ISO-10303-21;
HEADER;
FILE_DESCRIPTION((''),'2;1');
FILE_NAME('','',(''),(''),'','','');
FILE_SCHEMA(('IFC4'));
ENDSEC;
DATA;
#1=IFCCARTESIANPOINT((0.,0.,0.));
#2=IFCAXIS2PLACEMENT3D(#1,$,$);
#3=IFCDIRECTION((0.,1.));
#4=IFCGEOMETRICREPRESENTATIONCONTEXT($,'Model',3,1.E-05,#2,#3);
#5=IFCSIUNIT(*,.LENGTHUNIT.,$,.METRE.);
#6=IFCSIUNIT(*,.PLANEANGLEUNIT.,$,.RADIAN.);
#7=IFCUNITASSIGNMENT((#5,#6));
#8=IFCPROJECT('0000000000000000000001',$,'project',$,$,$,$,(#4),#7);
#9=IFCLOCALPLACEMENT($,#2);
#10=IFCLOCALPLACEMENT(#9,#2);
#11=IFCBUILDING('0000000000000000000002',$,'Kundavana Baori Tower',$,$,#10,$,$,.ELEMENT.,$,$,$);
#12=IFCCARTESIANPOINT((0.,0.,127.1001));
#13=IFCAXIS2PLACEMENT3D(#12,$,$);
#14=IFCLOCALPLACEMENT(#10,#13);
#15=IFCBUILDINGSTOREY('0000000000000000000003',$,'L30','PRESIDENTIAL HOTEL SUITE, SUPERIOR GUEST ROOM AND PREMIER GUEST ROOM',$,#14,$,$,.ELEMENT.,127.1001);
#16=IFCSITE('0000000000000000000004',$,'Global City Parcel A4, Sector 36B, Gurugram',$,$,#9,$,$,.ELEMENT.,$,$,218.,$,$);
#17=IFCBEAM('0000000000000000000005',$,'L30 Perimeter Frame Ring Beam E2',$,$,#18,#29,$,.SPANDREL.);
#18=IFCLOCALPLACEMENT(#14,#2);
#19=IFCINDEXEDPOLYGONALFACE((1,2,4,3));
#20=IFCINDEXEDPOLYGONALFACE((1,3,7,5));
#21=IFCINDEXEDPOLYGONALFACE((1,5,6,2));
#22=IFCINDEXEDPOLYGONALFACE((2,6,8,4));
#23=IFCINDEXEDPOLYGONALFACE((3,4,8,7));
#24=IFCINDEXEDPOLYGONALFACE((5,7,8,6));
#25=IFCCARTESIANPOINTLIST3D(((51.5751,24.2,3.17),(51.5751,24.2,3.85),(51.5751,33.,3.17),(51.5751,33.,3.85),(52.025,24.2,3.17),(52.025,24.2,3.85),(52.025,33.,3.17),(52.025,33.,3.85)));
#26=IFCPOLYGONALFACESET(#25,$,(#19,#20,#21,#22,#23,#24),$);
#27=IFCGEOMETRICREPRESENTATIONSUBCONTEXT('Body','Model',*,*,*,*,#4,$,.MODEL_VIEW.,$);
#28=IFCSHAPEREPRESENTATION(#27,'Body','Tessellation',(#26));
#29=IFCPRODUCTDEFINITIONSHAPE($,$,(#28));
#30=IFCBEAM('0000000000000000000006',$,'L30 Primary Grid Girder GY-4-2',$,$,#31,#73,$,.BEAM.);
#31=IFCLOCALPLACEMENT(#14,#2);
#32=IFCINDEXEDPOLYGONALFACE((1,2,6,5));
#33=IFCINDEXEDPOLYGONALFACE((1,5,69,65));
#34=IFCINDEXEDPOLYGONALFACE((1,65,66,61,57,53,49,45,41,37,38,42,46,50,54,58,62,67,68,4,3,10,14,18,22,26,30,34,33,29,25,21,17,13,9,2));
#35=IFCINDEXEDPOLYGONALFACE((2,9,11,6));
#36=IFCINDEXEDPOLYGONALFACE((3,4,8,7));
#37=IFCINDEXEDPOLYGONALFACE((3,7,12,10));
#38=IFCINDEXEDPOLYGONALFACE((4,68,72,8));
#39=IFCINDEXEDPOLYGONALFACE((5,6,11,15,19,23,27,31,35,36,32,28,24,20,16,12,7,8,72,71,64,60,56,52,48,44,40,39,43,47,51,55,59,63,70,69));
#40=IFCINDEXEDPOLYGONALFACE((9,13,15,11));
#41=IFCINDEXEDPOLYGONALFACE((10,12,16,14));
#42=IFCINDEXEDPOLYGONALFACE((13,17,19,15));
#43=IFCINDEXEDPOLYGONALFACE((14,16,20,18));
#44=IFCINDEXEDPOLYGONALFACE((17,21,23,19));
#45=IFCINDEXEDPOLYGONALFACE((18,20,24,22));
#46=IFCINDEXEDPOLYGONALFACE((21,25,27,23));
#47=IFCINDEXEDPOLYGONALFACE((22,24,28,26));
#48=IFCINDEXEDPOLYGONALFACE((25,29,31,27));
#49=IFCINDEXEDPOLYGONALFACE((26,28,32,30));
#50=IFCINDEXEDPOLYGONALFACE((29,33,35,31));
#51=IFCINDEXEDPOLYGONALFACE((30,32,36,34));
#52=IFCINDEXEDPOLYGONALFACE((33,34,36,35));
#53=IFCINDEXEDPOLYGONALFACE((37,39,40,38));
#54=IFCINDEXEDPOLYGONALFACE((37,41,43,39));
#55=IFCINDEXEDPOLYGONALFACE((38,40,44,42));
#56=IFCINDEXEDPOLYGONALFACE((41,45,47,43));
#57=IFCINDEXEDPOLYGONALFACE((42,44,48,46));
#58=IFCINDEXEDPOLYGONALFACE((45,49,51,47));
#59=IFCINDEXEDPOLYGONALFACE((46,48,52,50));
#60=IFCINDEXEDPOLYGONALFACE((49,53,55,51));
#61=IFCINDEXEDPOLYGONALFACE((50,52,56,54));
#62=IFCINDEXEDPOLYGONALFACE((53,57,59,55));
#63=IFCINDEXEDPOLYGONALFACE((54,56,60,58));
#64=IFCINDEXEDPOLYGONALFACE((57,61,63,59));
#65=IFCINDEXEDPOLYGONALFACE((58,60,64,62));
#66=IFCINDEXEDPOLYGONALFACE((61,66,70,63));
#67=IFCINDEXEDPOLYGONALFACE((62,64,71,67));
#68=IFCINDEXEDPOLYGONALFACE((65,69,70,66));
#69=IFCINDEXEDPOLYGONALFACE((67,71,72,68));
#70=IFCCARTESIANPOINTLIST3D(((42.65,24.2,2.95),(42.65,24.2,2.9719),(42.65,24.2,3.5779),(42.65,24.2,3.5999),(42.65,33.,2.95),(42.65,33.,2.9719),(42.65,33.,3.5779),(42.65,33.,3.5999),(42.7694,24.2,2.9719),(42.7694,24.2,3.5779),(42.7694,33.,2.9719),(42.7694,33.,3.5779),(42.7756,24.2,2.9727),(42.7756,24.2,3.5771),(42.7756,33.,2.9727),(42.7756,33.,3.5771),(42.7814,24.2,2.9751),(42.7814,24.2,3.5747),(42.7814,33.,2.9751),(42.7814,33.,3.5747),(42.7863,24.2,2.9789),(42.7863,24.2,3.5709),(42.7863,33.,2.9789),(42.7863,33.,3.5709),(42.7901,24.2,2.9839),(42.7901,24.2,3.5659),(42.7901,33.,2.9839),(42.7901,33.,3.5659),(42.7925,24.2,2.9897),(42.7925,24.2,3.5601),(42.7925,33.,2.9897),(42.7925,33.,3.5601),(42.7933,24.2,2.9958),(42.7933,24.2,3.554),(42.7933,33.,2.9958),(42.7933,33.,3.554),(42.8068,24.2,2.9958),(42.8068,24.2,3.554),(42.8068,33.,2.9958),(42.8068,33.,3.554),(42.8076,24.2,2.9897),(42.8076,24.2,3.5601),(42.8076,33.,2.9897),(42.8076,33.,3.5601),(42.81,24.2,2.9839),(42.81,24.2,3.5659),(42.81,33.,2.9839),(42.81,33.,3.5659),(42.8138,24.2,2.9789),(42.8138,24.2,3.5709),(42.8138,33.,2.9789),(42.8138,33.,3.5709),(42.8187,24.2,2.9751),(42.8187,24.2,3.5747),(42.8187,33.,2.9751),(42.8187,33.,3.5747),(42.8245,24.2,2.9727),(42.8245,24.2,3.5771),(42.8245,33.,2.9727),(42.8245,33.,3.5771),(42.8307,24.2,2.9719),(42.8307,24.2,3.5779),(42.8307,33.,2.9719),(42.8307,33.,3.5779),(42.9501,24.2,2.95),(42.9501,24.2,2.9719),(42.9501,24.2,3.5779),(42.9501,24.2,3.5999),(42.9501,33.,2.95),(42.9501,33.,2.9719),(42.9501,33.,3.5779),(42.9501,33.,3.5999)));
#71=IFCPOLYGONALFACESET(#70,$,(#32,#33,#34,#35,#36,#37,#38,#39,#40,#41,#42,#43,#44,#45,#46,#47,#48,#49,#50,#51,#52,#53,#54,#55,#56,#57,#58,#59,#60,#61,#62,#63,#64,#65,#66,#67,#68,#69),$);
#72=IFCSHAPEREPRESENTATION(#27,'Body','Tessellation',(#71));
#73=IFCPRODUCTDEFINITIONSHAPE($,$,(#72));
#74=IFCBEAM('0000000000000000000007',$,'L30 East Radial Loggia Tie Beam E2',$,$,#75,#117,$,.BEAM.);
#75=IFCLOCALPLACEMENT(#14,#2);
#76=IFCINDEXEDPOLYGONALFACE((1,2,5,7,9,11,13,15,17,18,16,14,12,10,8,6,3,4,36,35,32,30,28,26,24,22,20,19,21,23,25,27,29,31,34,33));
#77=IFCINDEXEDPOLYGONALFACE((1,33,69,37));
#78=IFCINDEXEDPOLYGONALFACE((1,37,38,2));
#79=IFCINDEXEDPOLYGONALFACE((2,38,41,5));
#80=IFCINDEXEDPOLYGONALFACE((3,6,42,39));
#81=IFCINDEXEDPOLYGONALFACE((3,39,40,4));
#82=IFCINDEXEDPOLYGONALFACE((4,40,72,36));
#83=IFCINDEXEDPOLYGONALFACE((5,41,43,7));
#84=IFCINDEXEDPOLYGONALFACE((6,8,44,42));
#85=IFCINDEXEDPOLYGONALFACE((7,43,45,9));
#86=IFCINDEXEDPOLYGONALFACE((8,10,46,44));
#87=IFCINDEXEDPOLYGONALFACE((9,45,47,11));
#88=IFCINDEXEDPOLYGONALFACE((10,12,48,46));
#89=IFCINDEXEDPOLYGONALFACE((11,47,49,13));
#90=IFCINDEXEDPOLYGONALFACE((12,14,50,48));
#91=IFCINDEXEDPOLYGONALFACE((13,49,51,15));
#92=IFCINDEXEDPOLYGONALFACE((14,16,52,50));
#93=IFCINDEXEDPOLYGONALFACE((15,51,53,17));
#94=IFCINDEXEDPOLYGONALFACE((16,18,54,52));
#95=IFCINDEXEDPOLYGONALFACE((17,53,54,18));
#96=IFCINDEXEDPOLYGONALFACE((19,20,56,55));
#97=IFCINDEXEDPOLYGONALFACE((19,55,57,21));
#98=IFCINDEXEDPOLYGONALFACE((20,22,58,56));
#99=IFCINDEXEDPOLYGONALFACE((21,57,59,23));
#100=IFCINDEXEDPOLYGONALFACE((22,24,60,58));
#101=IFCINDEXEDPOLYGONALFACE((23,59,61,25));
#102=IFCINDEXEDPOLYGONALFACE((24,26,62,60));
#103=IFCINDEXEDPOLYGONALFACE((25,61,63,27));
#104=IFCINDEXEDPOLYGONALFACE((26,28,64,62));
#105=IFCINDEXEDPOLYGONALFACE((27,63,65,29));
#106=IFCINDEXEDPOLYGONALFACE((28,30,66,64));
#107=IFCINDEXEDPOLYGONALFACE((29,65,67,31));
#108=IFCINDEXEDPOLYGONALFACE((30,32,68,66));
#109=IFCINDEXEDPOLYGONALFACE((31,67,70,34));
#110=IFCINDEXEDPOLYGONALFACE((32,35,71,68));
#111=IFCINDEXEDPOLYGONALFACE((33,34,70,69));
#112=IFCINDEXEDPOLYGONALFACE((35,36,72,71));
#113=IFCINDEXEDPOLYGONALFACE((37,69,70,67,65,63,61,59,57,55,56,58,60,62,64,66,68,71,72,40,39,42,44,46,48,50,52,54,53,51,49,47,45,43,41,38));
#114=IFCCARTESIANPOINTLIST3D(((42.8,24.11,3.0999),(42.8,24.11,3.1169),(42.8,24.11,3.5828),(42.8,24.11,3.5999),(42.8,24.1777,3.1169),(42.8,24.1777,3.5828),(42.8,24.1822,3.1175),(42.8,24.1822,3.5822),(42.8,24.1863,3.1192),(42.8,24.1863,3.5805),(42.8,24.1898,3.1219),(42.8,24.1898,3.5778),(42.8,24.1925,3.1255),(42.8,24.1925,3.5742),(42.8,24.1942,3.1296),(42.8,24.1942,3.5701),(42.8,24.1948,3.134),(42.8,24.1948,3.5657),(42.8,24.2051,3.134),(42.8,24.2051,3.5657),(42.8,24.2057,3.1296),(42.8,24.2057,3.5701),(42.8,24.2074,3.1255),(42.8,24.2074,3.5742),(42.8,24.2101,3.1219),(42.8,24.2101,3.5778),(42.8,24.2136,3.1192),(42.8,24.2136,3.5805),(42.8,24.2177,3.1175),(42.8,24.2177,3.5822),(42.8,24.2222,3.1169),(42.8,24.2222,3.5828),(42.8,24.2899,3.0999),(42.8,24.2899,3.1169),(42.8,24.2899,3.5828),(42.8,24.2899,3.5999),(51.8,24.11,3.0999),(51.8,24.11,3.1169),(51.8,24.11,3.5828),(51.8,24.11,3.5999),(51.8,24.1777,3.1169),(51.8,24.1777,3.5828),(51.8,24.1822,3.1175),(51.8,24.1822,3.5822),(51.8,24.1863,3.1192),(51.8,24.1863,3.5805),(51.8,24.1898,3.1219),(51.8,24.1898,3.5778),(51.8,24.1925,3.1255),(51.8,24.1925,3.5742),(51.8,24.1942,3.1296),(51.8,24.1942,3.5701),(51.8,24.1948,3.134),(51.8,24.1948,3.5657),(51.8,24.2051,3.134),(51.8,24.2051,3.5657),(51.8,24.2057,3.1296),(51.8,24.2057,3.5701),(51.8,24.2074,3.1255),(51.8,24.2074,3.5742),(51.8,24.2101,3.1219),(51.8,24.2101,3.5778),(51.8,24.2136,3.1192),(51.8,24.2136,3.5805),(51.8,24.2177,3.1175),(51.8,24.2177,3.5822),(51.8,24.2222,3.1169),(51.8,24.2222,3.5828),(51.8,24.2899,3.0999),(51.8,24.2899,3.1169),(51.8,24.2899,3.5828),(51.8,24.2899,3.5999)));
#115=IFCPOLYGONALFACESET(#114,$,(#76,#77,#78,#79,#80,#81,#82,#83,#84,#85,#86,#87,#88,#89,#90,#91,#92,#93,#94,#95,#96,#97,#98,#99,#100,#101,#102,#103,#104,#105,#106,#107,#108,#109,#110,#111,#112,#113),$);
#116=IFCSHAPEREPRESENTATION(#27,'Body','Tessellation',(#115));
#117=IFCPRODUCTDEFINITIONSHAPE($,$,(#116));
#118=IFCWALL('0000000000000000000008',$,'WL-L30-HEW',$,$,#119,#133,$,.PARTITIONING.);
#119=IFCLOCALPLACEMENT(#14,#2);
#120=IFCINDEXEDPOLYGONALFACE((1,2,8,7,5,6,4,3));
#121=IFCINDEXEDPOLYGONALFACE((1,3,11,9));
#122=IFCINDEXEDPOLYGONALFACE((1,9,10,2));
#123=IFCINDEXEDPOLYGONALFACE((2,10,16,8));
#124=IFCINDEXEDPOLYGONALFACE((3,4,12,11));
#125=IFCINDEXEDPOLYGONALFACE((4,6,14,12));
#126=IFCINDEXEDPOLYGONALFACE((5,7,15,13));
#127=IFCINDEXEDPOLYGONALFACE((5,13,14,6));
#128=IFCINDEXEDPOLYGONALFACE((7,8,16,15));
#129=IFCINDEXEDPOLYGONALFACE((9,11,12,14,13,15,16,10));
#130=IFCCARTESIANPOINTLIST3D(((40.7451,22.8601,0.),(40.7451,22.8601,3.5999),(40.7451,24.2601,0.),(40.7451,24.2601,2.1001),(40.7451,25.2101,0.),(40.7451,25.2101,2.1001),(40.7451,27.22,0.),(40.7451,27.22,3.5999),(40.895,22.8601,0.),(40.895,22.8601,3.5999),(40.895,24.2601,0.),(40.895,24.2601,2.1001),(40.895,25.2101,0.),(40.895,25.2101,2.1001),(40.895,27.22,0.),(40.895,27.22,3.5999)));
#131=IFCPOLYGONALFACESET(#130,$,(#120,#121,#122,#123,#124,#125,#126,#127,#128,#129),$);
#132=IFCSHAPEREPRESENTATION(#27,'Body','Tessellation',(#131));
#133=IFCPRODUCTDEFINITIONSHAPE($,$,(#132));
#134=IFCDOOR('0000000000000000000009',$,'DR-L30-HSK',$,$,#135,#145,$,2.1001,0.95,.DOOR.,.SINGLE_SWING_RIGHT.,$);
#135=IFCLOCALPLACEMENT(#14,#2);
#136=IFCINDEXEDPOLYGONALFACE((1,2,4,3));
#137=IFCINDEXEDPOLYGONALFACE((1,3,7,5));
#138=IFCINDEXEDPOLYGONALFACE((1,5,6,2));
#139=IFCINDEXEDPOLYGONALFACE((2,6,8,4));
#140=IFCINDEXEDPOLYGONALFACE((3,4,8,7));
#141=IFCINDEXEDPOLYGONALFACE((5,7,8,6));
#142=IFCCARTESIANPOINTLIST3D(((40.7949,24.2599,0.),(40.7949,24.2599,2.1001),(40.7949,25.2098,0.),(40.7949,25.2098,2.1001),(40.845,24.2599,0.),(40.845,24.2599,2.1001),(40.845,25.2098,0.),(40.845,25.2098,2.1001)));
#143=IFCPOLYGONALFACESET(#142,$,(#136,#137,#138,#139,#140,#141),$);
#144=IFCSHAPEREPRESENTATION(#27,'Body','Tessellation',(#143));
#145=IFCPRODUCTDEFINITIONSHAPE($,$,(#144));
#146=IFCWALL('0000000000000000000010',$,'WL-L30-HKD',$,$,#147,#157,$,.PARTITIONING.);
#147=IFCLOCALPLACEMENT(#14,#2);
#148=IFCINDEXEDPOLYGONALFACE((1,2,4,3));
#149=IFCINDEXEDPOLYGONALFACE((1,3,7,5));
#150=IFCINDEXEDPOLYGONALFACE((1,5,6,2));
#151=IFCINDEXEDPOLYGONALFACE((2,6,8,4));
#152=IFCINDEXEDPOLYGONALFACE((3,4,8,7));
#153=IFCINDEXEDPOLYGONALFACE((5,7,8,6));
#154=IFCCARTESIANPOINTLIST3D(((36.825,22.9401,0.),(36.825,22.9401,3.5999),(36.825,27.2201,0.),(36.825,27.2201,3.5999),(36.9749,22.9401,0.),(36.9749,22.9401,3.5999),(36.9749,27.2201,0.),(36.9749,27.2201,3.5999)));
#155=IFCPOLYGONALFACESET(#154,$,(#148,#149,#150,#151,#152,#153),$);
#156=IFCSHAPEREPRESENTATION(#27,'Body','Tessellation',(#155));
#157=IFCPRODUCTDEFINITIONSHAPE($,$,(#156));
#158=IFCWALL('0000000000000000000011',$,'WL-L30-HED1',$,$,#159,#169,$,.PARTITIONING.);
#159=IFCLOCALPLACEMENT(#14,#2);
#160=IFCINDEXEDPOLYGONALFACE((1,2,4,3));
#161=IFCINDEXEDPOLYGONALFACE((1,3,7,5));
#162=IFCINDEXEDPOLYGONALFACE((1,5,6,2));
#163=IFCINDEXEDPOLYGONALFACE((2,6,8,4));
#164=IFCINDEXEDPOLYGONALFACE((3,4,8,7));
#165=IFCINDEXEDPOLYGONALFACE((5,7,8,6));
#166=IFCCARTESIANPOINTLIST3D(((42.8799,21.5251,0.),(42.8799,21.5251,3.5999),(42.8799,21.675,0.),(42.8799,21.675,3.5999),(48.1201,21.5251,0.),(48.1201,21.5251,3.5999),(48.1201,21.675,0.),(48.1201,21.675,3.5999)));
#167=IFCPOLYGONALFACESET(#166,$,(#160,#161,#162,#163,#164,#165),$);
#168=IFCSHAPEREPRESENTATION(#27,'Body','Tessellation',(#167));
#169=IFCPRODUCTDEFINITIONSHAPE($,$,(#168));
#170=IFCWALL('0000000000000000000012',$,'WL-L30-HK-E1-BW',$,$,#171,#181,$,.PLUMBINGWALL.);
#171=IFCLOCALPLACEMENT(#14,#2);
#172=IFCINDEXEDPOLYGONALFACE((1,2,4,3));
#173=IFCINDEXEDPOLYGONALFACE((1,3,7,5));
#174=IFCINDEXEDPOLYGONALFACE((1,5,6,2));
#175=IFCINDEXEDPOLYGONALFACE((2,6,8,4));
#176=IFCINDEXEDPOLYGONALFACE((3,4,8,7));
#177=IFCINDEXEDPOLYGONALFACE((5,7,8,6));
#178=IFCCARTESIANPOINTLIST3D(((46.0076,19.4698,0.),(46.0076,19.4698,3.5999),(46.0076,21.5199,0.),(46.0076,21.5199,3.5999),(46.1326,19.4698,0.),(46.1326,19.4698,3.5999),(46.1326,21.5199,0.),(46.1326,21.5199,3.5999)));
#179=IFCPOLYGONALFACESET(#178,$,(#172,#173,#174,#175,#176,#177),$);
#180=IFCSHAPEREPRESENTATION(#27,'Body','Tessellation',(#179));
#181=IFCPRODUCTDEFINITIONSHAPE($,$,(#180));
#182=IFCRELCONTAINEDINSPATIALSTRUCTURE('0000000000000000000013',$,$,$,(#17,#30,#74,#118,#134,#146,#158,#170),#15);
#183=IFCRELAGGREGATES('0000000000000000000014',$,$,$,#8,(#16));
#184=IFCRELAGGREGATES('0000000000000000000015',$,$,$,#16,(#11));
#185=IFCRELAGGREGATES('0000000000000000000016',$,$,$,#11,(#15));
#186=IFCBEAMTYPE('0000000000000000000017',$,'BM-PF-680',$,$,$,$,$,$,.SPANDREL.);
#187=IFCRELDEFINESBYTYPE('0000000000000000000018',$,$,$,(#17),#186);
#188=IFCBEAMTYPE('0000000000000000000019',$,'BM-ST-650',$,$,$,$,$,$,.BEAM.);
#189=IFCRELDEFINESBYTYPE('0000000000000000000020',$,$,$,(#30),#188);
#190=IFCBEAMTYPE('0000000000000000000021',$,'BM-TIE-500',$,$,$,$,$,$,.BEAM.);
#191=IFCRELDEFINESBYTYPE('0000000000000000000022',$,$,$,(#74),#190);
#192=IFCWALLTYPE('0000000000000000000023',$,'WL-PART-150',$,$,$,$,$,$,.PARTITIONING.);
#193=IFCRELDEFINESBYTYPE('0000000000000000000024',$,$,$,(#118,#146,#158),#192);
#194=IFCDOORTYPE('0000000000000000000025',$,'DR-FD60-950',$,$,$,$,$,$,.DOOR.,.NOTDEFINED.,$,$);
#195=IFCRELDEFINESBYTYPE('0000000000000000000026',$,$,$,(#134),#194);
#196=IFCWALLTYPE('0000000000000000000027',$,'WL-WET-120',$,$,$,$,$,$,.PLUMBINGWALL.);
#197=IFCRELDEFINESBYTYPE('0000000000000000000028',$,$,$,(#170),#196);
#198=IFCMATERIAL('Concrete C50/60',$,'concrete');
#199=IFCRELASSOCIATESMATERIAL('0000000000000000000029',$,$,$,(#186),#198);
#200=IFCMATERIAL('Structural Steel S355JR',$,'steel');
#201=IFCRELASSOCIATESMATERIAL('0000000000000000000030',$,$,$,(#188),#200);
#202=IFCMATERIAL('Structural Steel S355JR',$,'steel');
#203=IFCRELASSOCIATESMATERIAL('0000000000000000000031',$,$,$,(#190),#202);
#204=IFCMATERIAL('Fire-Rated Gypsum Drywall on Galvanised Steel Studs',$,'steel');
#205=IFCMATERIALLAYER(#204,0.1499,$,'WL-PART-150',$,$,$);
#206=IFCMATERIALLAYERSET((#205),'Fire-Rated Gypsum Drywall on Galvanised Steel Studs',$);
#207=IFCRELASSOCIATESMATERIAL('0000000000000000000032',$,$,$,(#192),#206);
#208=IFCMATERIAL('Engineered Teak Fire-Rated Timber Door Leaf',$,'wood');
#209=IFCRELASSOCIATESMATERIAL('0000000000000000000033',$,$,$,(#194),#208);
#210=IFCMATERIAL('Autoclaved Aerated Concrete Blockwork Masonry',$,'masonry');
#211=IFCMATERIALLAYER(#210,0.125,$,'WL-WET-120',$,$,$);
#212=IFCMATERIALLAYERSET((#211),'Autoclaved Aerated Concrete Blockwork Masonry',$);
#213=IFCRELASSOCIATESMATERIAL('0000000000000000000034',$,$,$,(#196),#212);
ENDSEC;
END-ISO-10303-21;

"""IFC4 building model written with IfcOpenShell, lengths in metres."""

from ifc_helpers import new_model, si_unit, direction, frame, frame_2d, origin, origin_2d, place, context, subcontext, project, spatial, rectangle, i_section, extrude, material, layer, layer_set, material_profile, profile_set, type_object, element, fill, save


model = new_model("IFC4")

# Units and contexts
model_context = context("Model", 3, precision=1e-05, world=origin(), true_north=direction((0.0, 1.0)))
body_context = subcontext(model_context, "Body", "Model", "MODEL_VIEW")
ifc_project = project(units=[si_unit("LENGTHUNIT", "METRE"), si_unit("PLANEANGLEUNIT", "RADIAN")], contexts=[model_context])

# Site, building, storey
site_placement = place(None, origin())
site = spatial("IfcSite", under=ifc_project, at=site_placement, Name="Global City Parcel A4, Sector 36B, Gurugram", CompositionType="ELEMENT", RefElevation=218.0)
building_placement = place(site_placement, origin())
building = spatial("IfcBuilding", under=site, at=building_placement, Name="Kundavana Baori Tower", CompositionType="ELEMENT")
storey_placement = place(building_placement, frame((0.0, 0.0, 127.1001)))
storey = spatial("IfcBuildingStorey", under=building, at=storey_placement, Name="L30", Description="PRESIDENTIAL HOTEL SUITE, SUPERIOR GUEST ROOM AND PREMIER GUEST ROOM", CompositionType="ELEMENT", Elevation=127.1001)

# Beams
ifc_material_1 = material(Name="Concrete C50/60", Category="concrete")
ifc_material_profile_1 = material_profile(ifc_material_1, rectangle(XDim=0.45, YDim=0.6799, at=origin_2d()), Name="RC BM 450x680")
ifc_profile_set_1 = profile_set([ifc_material_profile_1], Name="Concrete C50/60")
beam_type_1 = type_object("IfcBeamType", Name="BM-PF-680", PredefinedType="SPANDREL", material=ifc_profile_set_1)
beam_1_placement = place(storey_placement, frame((51.8, 24.2, 3.51), z_axis=(0.0, 1.0, 0.0), x_axis=(-1.0, 0.0, 0.0)))
element("IfcBeam", 1, at=beam_1_placement, inside=storey, type_object=beam_type_1, Name="L30 Perimeter Frame Ring Beam E2", PredefinedType="SPANDREL", context=body_context, shape_type="SweptSolid", body=[
    extrude(rectangle(XDim=0.45, YDim=0.6799, at=origin_2d()), origin(), (0.0, 0.0, 1.0), 8.8),
])
ifc_material_2 = material(Name="Structural Steel S355JR", Category="steel")
ifc_material_profile_2 = material_profile(ifc_material_2, i_section(OverallWidth=0.3, OverallDepth=0.6499, WebThickness=0.0134, FlangeThickness=0.022, FilletRadius=0.0239, at=origin_2d()), Name="NPB 650x300x155")
ifc_profile_set_2 = profile_set([ifc_material_profile_2], Name="Structural Steel S355JR")
beam_type_2 = type_object("IfcBeamType", Name="BM-ST-650", PredefinedType="BEAM", material=ifc_profile_set_2)
beam_2_placement = place(storey_placement, frame((42.8, 24.2, 3.2749), z_axis=(0.0, 1.0, 0.0), x_axis=(-1.0, 0.0, 0.0)))
element("IfcBeam", 2, at=beam_2_placement, inside=storey, type_object=beam_type_2, Name="L30 Primary Grid Girder GY-4-2", PredefinedType="BEAM", context=body_context, shape_type="SweptSolid", body=[
    extrude(i_section(OverallWidth=0.3, OverallDepth=0.6499, WebThickness=0.0134, FlangeThickness=0.022, FilletRadius=0.0239, at=origin_2d()), origin(), (0.0, 0.0, 1.0), 8.8),
])
ifc_material_3 = material(Name="Structural Steel S355JR", Category="steel")
ifc_material_profile_3 = material_profile(ifc_material_3, i_section(OverallWidth=0.1799, OverallDepth=0.5, WebThickness=0.0103, FlangeThickness=0.0171, FilletRadius=0.0171, at=origin_2d()), Name="ISMB 500")
ifc_profile_set_3 = profile_set([ifc_material_profile_3], Name="Structural Steel S355JR")
beam_type_3 = type_object("IfcBeamType", Name="BM-TIE-500", PredefinedType="BEAM", material=ifc_profile_set_3)
beam_3_placement = place(storey_placement, frame((42.8, 24.2, 3.3499), z_axis=(1.0, 0.0, 0.0), x_axis=(0.0, 1.0, 0.0)))
element("IfcBeam", 3, at=beam_3_placement, inside=storey, type_object=beam_type_3, Name="L30 East Radial Loggia Tie Beam E2", PredefinedType="BEAM", context=body_context, shape_type="SweptSolid", body=[
    extrude(i_section(OverallWidth=0.1799, OverallDepth=0.5, WebThickness=0.0103, FlangeThickness=0.0171, FilletRadius=0.0171, at=origin_2d()), origin(), (0.0, 0.0, 1.0), 9.0),
])

# Wall, opening, door
ifc_material_4 = material(Name="Fire-Rated Gypsum Drywall on Galvanised Steel Studs", Category="steel")
ifc_layer_1 = layer(ifc_material_4, 0.1499, Name="WL-PART-150")
ifc_layer_set_1 = layer_set([ifc_layer_1], Name="Fire-Rated Gypsum Drywall on Galvanised Steel Studs")
wall_type_1 = type_object("IfcWallType", Name="WL-PART-150", PredefinedType="PARTITIONING", material=ifc_layer_set_1)
wall_1_placement = place(storey_placement, frame((40.8201, 22.8601, 0.0), z_axis=(0.0, 0.0, 1.0), x_axis=(0.0, 1.0, 0.0)))
wall_1 = element("IfcWall", 4, at=wall_1_placement, inside=storey, type_object=wall_type_1, Name="WL-L30-HEW", PredefinedType="PARTITIONING", context=body_context, shape_type="SweptSolid", body=[
    extrude(rectangle(XDim=4.3599, YDim=0.1499, at=frame_2d((2.1799, 0.0))), origin(), (0.0, 0.0, 1.0), 3.5999),
])
opening_1_placement = place(wall_1_placement, frame((1.3999, 0.0, 0.0)))
opening_1 = element("IfcOpeningElement", 5, at=opening_1_placement, cuts=wall_1, PredefinedType="OPENING", context=body_context, shape_type="SweptSolid", body=[
    extrude(rectangle(XDim=0.95, YDim=2.1001, at=frame_2d((0.4751, 1.05))), frame((0.0, 0.085, 0.0), z_axis=(0.0, -1.0, 0.0), x_axis=(1.0, 0.0, 0.0)), (0.0, 0.0, 1.0), 0.1699),
])
ifc_material_5 = material(Name="Engineered Teak Fire-Rated Timber Door Leaf", Category="wood")
door_type_1 = type_object("IfcDoorType", Name="DR-FD60-950", OperationType="NOTDEFINED", PredefinedType="DOOR", material=ifc_material_5)
door_1_placement = place(opening_1_placement, frame((0.95, 0.0, 0.0), z_axis=(0.0, 0.0, 1.0), x_axis=(-1.0, 0.0, 0.0)))
door_1 = element("IfcDoor", 6, at=door_1_placement, inside=storey, type_object=door_type_1, Name="DR-L30-HSK", OperationType="SINGLE_SWING_RIGHT", OverallHeight=2.1001, OverallWidth=0.95, PredefinedType="DOOR", context=body_context, shape_type="SweptSolid", body=[
    extrude(rectangle(XDim=0.95, YDim=2.1001, at=frame_2d((0.4751, 1.05))), frame((0.0, 0.0249, 0.0), z_axis=(0.0, -1.0, 0.0), x_axis=(1.0, 0.0, 0.0)), (0.0, 0.0, 1.0), 0.05),
])
fill(opening_1, door_1)

# Walls
wall_2_placement = place(storey_placement, frame((36.8999, 22.9399, 0.0), z_axis=(0.0, 0.0, 1.0), x_axis=(0.0, 1.0, 0.0)))
element("IfcWall", 7, at=wall_2_placement, inside=storey, type_object=wall_type_1, Name="WL-L30-HKD", PredefinedType="PARTITIONING", context=body_context, shape_type="SweptSolid", body=[
    extrude(rectangle(XDim=4.28, YDim=0.1499, at=frame_2d((2.1401, 0.0))), origin(), (0.0, 0.0, 1.0), 3.5999),
])
wall_3_placement = place(storey_placement, frame((42.8799, 21.6001, 0.0), z_axis=(0.0, 0.0, 1.0), x_axis=(1.0, 0.0, 0.0)))
element("IfcWall", 8, at=wall_3_placement, inside=storey, type_object=wall_type_1, Name="WL-L30-HED1", PredefinedType="PARTITIONING", context=body_context, shape_type="SweptSolid", body=[
    extrude(rectangle(XDim=5.2402, YDim=0.1499, at=frame_2d((2.6201, 0.0))), origin(), (0.0, 0.0, 1.0), 3.5999),
])
ifc_material_6 = material(Name="Autoclaved Aerated Concrete Blockwork Masonry", Category="masonry")
ifc_layer_2 = layer(ifc_material_6, 0.125, Name="WL-WET-120")
ifc_layer_set_2 = layer_set([ifc_layer_2], Name="Autoclaved Aerated Concrete Blockwork Masonry")
wall_type_2 = type_object("IfcWallType", Name="WL-WET-120", PredefinedType="PLUMBINGWALL", material=ifc_layer_set_2)
wall_4_placement = place(storey_placement, frame((46.0701, 19.47, 0.0), z_axis=(0.0, 0.0, 1.0), x_axis=(0.0, 1.0, 0.0)))
element("IfcWall", 9, at=wall_4_placement, inside=storey, type_object=wall_type_2, Name="WL-L30-HK-E1-BW", PredefinedType="PLUMBINGWALL", context=body_context, shape_type="SweptSolid", body=[
    extrude(rectangle(XDim=2.05, YDim=0.125, at=frame_2d((1.0249, 0.0))), origin(), (0.0, 0.0, 1.0), 3.5999),
])

save(model, "model.ifc")
